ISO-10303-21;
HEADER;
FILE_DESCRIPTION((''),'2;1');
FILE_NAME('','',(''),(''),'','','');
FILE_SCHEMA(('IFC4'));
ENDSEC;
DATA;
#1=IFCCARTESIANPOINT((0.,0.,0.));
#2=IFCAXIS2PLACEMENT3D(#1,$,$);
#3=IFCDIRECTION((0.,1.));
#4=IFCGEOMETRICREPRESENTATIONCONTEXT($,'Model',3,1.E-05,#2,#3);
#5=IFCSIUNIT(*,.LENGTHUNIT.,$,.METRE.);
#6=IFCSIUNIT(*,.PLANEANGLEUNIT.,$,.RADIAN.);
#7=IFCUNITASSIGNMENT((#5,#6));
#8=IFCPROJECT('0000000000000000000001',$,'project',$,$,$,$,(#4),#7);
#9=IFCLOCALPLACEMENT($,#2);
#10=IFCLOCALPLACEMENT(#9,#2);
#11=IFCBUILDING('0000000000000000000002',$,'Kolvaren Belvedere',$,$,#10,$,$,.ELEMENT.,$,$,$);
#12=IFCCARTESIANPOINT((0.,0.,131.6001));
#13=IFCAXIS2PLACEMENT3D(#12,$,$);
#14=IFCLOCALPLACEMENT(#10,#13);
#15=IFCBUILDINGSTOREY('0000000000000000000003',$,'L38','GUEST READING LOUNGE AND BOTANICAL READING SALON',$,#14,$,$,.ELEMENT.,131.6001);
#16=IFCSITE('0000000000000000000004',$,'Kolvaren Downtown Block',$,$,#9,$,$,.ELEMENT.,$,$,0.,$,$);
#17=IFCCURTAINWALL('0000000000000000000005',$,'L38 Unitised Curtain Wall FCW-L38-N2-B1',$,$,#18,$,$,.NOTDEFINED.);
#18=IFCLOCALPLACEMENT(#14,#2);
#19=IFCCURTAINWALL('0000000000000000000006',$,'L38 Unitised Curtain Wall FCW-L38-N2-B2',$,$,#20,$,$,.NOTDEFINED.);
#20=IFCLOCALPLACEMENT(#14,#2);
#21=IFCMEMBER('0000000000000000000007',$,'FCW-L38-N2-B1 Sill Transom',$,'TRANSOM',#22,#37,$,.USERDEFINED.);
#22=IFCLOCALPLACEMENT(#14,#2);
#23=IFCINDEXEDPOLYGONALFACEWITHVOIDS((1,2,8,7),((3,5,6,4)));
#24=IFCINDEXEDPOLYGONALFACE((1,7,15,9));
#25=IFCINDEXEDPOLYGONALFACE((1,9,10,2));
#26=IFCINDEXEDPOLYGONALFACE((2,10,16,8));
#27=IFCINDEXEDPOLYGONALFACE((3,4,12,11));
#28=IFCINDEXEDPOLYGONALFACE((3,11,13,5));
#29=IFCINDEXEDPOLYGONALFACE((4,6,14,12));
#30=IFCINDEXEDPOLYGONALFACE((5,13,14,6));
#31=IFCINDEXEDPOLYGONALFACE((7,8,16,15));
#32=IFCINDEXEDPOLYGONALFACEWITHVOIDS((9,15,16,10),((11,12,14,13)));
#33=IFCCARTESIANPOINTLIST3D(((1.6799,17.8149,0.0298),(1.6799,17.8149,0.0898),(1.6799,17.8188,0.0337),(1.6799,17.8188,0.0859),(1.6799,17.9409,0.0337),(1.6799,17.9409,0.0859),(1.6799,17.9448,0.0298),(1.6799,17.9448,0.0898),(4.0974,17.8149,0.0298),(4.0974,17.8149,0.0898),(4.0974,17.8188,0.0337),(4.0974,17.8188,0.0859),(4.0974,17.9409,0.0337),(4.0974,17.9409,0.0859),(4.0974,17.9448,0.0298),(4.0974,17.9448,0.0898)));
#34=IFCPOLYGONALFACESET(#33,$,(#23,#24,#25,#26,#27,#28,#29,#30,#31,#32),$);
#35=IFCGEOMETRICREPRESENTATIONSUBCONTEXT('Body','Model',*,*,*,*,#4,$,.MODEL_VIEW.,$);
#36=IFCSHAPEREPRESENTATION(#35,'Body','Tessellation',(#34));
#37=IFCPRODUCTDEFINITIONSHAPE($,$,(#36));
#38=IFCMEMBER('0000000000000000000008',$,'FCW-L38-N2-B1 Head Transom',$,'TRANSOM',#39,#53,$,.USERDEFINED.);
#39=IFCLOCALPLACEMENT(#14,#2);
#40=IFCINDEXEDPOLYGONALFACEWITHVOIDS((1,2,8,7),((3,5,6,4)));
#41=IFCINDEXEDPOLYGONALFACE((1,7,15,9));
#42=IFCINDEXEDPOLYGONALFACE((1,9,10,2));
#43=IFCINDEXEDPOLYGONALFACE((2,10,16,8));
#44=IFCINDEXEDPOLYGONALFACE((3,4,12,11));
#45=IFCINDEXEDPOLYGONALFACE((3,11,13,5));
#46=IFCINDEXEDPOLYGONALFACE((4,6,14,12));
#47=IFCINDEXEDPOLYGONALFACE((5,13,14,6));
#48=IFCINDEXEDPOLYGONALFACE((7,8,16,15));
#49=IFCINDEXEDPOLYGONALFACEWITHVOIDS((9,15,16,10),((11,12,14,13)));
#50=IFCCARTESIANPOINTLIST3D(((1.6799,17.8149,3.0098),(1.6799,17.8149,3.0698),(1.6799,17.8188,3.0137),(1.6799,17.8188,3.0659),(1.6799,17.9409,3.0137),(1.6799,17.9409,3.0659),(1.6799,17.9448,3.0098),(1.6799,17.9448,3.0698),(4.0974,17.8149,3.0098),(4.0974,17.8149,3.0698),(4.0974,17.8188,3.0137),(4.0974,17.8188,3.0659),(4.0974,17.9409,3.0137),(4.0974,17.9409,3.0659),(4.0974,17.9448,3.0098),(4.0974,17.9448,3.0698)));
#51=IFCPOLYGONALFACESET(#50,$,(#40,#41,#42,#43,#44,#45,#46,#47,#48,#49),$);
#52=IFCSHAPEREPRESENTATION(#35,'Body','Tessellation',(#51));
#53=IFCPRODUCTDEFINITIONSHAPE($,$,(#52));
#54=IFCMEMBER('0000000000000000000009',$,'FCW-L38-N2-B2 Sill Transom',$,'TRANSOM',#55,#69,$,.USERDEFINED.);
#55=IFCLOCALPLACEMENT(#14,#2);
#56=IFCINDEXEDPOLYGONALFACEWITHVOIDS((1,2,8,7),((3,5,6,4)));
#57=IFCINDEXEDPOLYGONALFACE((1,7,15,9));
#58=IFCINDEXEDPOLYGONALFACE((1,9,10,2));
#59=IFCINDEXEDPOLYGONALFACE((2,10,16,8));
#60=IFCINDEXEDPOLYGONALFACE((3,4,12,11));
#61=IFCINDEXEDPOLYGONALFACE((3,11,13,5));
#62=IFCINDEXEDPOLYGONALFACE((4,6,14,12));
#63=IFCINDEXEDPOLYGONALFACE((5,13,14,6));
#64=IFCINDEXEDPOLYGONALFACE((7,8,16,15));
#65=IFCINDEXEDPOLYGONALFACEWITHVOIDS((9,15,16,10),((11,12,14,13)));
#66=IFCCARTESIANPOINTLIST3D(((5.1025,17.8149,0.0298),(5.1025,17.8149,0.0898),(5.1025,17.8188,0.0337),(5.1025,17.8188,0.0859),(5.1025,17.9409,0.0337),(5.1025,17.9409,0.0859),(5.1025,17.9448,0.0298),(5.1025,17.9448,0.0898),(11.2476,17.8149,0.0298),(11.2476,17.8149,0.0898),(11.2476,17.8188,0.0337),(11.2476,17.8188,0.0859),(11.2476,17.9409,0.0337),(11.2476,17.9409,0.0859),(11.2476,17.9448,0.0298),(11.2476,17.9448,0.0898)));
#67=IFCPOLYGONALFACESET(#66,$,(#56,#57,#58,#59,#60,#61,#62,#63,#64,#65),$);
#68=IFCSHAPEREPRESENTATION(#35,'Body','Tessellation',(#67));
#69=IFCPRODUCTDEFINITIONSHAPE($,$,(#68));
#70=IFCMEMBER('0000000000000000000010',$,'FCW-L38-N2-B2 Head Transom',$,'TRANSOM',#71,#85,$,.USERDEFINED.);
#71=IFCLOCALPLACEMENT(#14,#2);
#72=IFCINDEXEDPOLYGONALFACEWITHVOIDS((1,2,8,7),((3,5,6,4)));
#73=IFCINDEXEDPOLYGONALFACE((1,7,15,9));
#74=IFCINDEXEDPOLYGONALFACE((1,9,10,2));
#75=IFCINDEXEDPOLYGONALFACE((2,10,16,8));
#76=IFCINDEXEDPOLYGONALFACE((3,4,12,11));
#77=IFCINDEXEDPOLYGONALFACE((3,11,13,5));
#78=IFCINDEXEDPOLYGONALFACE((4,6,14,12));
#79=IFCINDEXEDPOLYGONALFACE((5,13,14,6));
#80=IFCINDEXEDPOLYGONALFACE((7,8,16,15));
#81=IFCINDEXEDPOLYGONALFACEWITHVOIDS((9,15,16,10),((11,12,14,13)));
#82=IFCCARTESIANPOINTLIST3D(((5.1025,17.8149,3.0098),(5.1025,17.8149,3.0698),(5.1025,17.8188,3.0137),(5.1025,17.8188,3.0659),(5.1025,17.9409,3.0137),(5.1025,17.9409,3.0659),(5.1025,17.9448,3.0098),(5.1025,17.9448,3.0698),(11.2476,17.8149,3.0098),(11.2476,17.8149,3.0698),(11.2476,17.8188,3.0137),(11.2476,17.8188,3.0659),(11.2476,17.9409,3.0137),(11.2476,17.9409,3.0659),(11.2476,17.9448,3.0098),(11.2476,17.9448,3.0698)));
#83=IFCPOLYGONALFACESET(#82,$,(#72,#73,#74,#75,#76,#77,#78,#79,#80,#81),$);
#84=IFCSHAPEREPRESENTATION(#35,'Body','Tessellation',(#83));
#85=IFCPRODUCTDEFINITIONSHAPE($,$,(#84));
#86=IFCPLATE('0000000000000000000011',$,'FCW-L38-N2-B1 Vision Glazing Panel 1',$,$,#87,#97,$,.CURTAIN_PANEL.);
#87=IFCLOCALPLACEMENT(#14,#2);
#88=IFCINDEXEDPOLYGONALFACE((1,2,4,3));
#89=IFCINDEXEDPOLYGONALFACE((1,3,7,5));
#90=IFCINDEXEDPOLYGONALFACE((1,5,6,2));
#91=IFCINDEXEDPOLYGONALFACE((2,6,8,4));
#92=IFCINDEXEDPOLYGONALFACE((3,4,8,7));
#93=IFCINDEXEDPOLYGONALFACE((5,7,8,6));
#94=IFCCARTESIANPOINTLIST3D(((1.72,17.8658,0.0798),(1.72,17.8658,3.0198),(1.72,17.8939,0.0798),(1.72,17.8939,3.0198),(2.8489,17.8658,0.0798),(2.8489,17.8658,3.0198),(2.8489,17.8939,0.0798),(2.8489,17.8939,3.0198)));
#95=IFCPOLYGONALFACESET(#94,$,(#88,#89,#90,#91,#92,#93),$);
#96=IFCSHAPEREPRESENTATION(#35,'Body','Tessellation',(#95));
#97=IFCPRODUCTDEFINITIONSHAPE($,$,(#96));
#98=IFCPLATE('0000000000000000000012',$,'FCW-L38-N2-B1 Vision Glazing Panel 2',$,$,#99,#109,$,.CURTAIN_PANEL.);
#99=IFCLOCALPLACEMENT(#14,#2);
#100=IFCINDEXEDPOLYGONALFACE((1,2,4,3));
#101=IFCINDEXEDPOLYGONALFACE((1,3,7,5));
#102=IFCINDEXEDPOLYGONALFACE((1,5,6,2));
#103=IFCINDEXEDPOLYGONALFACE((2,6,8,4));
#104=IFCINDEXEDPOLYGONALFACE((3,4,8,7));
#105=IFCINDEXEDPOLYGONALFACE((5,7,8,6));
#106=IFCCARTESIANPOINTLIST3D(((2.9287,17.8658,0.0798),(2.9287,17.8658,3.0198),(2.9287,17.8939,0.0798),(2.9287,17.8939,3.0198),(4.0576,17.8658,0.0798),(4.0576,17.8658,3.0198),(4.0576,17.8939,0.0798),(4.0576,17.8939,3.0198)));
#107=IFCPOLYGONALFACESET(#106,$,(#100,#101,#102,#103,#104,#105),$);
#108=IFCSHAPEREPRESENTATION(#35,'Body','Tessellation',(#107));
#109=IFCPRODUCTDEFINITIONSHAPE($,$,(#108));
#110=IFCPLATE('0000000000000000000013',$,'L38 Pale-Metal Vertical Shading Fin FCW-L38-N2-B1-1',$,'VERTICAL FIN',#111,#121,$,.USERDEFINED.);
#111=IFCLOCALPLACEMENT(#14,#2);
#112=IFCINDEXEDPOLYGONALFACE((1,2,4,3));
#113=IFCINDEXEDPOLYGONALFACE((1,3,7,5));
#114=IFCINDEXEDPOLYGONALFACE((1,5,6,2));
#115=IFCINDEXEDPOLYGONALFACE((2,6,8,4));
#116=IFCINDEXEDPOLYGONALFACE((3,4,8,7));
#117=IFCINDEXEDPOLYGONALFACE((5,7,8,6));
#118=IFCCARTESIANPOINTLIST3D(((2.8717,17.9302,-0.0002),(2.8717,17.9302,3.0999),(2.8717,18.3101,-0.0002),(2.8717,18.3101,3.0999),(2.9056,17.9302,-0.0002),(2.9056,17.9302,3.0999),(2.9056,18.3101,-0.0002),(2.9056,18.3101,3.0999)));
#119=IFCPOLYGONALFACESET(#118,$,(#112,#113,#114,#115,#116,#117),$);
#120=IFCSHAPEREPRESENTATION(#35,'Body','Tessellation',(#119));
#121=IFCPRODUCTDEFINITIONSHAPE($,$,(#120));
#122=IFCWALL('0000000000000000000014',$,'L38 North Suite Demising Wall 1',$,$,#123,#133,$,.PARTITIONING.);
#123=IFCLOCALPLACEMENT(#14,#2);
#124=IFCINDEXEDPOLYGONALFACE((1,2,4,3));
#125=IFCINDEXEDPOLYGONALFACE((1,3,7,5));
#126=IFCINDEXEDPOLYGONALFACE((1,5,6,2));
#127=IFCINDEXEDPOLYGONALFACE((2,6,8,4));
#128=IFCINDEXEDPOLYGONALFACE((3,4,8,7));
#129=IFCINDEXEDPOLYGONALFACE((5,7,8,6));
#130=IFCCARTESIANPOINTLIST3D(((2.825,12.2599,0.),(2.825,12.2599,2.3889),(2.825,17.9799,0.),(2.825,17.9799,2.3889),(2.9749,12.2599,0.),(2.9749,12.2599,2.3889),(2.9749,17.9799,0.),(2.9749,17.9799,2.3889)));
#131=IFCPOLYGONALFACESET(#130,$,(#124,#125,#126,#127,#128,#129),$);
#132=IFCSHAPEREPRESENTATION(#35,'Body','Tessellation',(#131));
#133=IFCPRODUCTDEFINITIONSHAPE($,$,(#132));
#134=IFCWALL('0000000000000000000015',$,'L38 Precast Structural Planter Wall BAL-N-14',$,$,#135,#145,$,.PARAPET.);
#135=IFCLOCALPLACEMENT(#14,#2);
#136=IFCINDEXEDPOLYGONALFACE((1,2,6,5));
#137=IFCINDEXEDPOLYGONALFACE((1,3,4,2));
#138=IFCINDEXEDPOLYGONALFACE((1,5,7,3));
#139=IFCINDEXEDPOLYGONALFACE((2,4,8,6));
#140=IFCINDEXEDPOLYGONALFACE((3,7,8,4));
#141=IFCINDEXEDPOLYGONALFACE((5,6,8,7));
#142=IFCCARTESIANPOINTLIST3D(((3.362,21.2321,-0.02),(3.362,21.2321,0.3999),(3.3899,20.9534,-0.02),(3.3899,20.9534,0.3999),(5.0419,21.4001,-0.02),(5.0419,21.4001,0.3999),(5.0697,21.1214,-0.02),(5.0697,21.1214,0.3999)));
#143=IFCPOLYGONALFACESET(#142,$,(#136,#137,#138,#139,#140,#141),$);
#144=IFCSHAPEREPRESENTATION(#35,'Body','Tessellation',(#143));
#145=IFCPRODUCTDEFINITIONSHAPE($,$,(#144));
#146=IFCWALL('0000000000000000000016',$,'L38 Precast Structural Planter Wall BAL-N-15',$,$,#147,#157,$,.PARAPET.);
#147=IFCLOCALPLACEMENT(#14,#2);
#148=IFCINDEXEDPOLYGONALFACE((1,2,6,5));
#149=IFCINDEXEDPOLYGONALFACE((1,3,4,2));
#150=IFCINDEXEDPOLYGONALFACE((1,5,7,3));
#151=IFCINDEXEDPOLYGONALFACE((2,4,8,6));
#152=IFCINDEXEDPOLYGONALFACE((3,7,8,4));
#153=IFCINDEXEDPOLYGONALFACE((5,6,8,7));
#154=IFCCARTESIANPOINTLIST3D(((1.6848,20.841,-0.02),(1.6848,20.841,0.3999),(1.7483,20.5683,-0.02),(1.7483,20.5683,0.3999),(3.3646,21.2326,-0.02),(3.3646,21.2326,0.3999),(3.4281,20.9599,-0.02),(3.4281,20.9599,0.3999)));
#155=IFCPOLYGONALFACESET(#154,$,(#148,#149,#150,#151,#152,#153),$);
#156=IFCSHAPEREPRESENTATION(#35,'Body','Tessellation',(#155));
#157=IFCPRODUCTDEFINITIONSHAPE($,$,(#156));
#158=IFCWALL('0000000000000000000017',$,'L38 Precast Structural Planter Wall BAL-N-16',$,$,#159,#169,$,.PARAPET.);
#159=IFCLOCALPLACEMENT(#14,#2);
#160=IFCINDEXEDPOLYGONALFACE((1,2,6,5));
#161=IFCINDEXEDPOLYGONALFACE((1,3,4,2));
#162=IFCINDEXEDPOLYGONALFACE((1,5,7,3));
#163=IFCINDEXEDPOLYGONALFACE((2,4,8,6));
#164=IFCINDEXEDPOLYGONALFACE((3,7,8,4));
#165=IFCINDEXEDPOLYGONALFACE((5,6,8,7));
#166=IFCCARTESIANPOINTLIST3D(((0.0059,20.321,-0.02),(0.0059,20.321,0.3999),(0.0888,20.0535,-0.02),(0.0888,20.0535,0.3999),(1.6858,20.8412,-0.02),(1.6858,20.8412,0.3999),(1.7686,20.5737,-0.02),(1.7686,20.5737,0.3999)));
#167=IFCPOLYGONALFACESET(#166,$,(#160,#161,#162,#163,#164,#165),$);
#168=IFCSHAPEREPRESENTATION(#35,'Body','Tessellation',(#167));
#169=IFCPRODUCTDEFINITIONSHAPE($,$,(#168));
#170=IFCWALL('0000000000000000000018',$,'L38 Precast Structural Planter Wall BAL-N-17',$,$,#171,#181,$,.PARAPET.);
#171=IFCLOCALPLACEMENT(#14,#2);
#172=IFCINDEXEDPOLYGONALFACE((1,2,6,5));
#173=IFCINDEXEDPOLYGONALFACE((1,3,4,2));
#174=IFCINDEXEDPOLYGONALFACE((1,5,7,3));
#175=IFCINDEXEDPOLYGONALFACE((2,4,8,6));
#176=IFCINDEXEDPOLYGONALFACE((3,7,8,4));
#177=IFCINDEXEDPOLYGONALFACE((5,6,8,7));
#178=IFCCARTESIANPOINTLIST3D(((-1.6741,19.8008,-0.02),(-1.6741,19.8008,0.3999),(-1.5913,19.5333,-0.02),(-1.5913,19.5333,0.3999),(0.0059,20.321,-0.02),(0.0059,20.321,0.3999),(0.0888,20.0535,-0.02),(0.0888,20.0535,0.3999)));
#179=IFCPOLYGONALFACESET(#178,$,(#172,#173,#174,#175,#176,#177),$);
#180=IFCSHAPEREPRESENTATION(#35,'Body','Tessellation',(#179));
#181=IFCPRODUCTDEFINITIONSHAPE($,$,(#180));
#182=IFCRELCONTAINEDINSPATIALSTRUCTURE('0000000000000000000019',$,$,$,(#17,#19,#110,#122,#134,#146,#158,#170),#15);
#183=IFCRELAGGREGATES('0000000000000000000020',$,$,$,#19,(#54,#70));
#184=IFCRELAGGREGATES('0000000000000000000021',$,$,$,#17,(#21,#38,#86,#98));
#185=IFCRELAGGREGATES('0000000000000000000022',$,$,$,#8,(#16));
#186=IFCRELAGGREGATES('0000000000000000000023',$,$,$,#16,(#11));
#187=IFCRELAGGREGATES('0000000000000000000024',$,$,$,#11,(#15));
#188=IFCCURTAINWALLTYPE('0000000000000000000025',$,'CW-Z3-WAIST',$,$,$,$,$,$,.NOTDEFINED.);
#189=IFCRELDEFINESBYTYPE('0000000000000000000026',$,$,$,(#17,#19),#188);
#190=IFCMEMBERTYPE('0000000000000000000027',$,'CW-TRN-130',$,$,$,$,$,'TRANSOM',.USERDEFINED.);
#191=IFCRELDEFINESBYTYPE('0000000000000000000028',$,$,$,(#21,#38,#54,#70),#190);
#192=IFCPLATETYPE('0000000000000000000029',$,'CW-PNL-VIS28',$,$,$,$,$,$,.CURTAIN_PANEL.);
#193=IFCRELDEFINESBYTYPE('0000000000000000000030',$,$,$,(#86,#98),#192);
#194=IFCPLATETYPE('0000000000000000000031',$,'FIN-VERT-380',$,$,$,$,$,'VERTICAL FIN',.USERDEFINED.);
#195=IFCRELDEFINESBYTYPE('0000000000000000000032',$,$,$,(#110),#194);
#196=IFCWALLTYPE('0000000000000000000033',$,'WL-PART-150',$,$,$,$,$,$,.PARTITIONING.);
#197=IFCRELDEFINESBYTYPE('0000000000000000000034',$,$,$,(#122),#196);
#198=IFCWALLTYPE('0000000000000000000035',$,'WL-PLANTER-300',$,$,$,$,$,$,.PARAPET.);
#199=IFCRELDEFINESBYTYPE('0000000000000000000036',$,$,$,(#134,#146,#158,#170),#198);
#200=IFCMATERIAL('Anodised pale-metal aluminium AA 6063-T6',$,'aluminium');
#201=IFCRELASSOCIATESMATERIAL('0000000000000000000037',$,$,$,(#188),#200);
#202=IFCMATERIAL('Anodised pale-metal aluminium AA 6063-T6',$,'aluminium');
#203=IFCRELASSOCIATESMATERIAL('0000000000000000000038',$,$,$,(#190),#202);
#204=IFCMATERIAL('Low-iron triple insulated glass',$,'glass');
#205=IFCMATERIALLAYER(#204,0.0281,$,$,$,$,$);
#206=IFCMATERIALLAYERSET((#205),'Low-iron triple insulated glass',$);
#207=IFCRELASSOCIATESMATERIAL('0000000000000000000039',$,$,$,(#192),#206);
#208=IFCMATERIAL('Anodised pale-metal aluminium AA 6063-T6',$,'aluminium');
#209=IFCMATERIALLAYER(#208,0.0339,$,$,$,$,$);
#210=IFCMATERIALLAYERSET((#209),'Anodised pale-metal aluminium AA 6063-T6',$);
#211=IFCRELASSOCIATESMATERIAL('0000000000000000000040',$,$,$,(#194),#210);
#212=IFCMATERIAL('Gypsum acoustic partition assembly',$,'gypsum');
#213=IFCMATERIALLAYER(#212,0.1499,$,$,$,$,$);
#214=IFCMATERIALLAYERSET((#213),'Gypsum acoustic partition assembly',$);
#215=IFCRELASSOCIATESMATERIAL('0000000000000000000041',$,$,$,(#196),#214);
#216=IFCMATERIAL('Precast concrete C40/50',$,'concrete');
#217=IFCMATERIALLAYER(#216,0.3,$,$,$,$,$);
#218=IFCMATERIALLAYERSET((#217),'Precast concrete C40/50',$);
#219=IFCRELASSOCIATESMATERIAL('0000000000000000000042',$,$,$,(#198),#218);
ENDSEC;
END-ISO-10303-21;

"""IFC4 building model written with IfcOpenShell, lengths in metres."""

from ifc_helpers import new_model, si_unit, direction, frame, frame_2d, origin, origin_2d, place, context, subcontext, project, spatial, rectangle, hollow_rectangle, extrude, material, layer, layer_set, material_profile, profile_set, type_object, element, aggregate, save


model = new_model("IFC4")

# Units and contexts
model_context = context("Model", 3, precision=1e-05, world=origin(), true_north=direction((0.0, 1.0)))
body_context = subcontext(model_context, "Body", "Model", "MODEL_VIEW")
ifc_project = project(units=[si_unit("LENGTHUNIT", "METRE"), si_unit("PLANEANGLEUNIT", "RADIAN")], contexts=[model_context])

# Site, building, storey
site_placement = place(None, origin())
site = spatial("IfcSite", under=ifc_project, at=site_placement, Name="Kolvaren Downtown Block", CompositionType="ELEMENT", RefElevation=0.0)
building_placement = place(site_placement, origin())
building = spatial("IfcBuilding", under=site, at=building_placement, Name="Kolvaren Belvedere", CompositionType="ELEMENT")
storey_placement = place(building_placement, frame((0.0, 0.0, 131.6001)))
storey = spatial("IfcBuildingStorey", under=building, at=storey_placement, Name="L38", Description="GUEST READING LOUNGE AND BOTANICAL READING SALON", CompositionType="ELEMENT", Elevation=131.6001)

# Curtain wall
ifc_material_1 = material(Name="Anodised pale-metal aluminium AA 6063-T6", Category="aluminium")
curtain_wall_type = type_object("IfcCurtainWallType", Name="CW-Z3-WAIST", PredefinedType="NOTDEFINED", material=ifc_material_1)
curtain_wall_1_placement = place(storey_placement, origin())
curtain_wall_1 = element("IfcCurtainWall", 1, at=curtain_wall_1_placement, inside=storey, type_object=curtain_wall_type, Name="L38 Unitised Curtain Wall FCW-L38-N2-B1", PredefinedType="NOTDEFINED")

# Curtain wall
curtain_wall_2_placement = place(storey_placement, origin())
curtain_wall_2 = element("IfcCurtainWall", 2, at=curtain_wall_2_placement, inside=storey, type_object=curtain_wall_type, Name="L38 Unitised Curtain Wall FCW-L38-N2-B2", PredefinedType="NOTDEFINED")

# Members
ifc_material_2 = material(Name="Anodised pale-metal aluminium AA 6063-T6", Category="aluminium")
ifc_material_profile_1 = material_profile(ifc_material_2, hollow_rectangle(XDim=0.0601, YDim=0.1299, WallThickness=0.0039, at=origin_2d()), Name="ALU-TRN-130X60")
ifc_profile_set_1 = profile_set([ifc_material_profile_1], Name="Anodised pale-metal aluminium AA 6063-T6")
member_type_1 = type_object("IfcMemberType", Name="CW-TRN-130", ElementType="TRANSOM", PredefinedType="USERDEFINED", material=ifc_profile_set_1)
member_1_placement = place(storey_placement, frame((1.6799, 17.8799, 0.0598), z_axis=(1.0, 0.0, 0.0), x_axis=(0.0, 0.0, 1.0)))
member_1 = element("IfcMember", 3, at=member_1_placement, type_object=member_type_1, Name="FCW-L38-N2-B1 Sill Transom", ObjectType="TRANSOM", PredefinedType="USERDEFINED", context=body_context, shape_type="SweptSolid", body=[
    extrude(hollow_rectangle(XDim=0.0601, YDim=0.1299, WallThickness=0.0039, at=origin_2d()), origin(), (0.0, 0.0, 1.0), 2.4175),
])
member_2_placement = place(storey_placement, frame((1.6799, 17.8799, 3.0398), z_axis=(1.0, 0.0, 0.0), x_axis=(0.0, 0.0, 1.0)))
member_2 = element("IfcMember", 4, at=member_2_placement, type_object=member_type_1, Name="FCW-L38-N2-B1 Head Transom", ObjectType="TRANSOM", PredefinedType="USERDEFINED", context=body_context, shape_type="SweptSolid", body=[
    extrude(hollow_rectangle(XDim=0.0601, YDim=0.1299, WallThickness=0.0039, at=origin_2d()), origin(), (0.0, 0.0, 1.0), 2.4175),
])
member_3_placement = place(storey_placement, frame((5.1025, 17.8799, 0.0598), z_axis=(1.0, 0.0, 0.0), x_axis=(0.0, 0.0, 1.0)))
member_3 = element("IfcMember", 5, at=member_3_placement, type_object=member_type_1, Name="FCW-L38-N2-B2 Sill Transom", ObjectType="TRANSOM", PredefinedType="USERDEFINED", context=body_context, shape_type="SweptSolid", body=[
    extrude(hollow_rectangle(XDim=0.0601, YDim=0.1299, WallThickness=0.0039, at=origin_2d()), origin(), (0.0, 0.0, 1.0), 6.145),
])
member_4_placement = place(storey_placement, frame((5.1025, 17.8799, 3.0398), z_axis=(1.0, 0.0, 0.0), x_axis=(0.0, 0.0, 1.0)))
member_4 = element("IfcMember", 6, at=member_4_placement, type_object=member_type_1, Name="FCW-L38-N2-B2 Head Transom", ObjectType="TRANSOM", PredefinedType="USERDEFINED", context=body_context, shape_type="SweptSolid", body=[
    extrude(hollow_rectangle(XDim=0.0601, YDim=0.1299, WallThickness=0.0039, at=origin_2d()), origin(), (0.0, 0.0, 1.0), 6.145),
])
aggregate(curtain_wall_2, [member_3, member_4])

# Plates
ifc_material_3 = material(Name="Low-iron triple insulated glass", Category="glass")
ifc_layer_1 = layer(ifc_material_3, 0.0281)
ifc_layer_set_1 = layer_set([ifc_layer_1], Name="Low-iron triple insulated glass")
plate_type_1 = type_object("IfcPlateType", Name="CW-PNL-VIS28", PredefinedType="CURTAIN_PANEL", material=ifc_layer_set_1)
plate_1_placement = place(storey_placement, frame((2.2844, 17.8799, 0.0798), z_axis=(0.0, 0.0, 1.0), x_axis=(1.0, 0.0, 0.0)))
plate_1 = element("IfcPlate", 7, at=plate_1_placement, type_object=plate_type_1, Name="FCW-L38-N2-B1 Vision Glazing Panel 1", PredefinedType="CURTAIN_PANEL", context=body_context, shape_type="SweptSolid", body=[
    extrude(rectangle(XDim=1.1289, YDim=0.0281, at=origin_2d()), origin(), (0.0, 0.0, 1.0), 2.9399),
])
plate_2_placement = place(storey_placement, frame((3.4932, 17.8799, 0.0798), z_axis=(0.0, 0.0, 1.0), x_axis=(1.0, 0.0, 0.0)))
plate_2 = element("IfcPlate", 8, at=plate_2_placement, type_object=plate_type_1, Name="FCW-L38-N2-B1 Vision Glazing Panel 2", PredefinedType="CURTAIN_PANEL", context=body_context, shape_type="SweptSolid", body=[
    extrude(rectangle(XDim=1.1289, YDim=0.0281, at=origin_2d()), origin(), (0.0, 0.0, 1.0), 2.9399),
])
aggregate(curtain_wall_1, [member_1, member_2, plate_1, plate_2])
ifc_material_4 = material(Name="Anodised pale-metal aluminium AA 6063-T6", Category="aluminium")
ifc_layer_2 = layer(ifc_material_4, 0.0339)
ifc_layer_set_2 = layer_set([ifc_layer_2], Name="Anodised pale-metal aluminium AA 6063-T6")
plate_type_2 = type_object("IfcPlateType", Name="FIN-VERT-380", ElementType="VERTICAL FIN", PredefinedType="USERDEFINED", material=ifc_layer_set_2)
plate_3_placement = place(storey_placement, frame((2.8887, 18.1201, -0.0002), z_axis=(0.0, 0.0, 1.0), x_axis=(0.0, 1.0, 0.0)))
element("IfcPlate", 9, at=plate_3_placement, inside=storey, type_object=plate_type_2, Name="L38 Pale-Metal Vertical Shading Fin FCW-L38-N2-B1-1", ObjectType="VERTICAL FIN", PredefinedType="USERDEFINED", context=body_context, shape_type="SweptSolid", body=[
    extrude(rectangle(XDim=0.3799, YDim=0.0339, at=origin_2d()), origin(), (0.0, 0.0, 1.0), 3.1001),
])

# Walls
ifc_material_5 = material(Name="Gypsum acoustic partition assembly", Category="gypsum")
ifc_layer_3 = layer(ifc_material_5, 0.1499)
ifc_layer_set_3 = layer_set([ifc_layer_3], Name="Gypsum acoustic partition assembly")
wall_type_1 = type_object("IfcWallType", Name="WL-PART-150", PredefinedType="PARTITIONING", material=ifc_layer_set_3)
wall_1_placement = place(storey_placement, frame((2.8999, 12.26, 0.0), z_axis=(0.0, 0.0, 1.0), x_axis=(0.0, 1.0, 0.0)))
element("IfcWall", 10, at=wall_1_placement, inside=storey, type_object=wall_type_1, Name="L38 North Suite Demising Wall 1", PredefinedType="PARTITIONING", context=body_context, shape_type="SweptSolid", body=[
    extrude(rectangle(XDim=5.72, YDim=0.1499, at=frame_2d((2.8599, 0.0))), origin(), (0.0, 0.0, 1.0), 2.3889),
])
ifc_material_6 = material(Name="Precast concrete C40/50", Category="concrete")
ifc_layer_4 = layer(ifc_material_6, 0.3)
ifc_layer_set_4 = layer_set([ifc_layer_4], Name="Precast concrete C40/50")
wall_type_2 = type_object("IfcWallType", Name="WL-PLANTER-300", PredefinedType="PARAPET", material=ifc_layer_set_4)
wall_2_placement = place(storey_placement, frame((5.0559, 21.2607, -0.02), z_axis=(0.0, 0.0, 1.0), x_axis=(-0.995039, -0.099489, 0.0)))
element("IfcWall", 11, at=wall_2_placement, inside=storey, type_object=wall_type_2, Name="L38 Precast Structural Planter Wall BAL-N-14", PredefinedType="PARAPET", context=body_context, shape_type="SweptSolid", body=[
    extrude(rectangle(XDim=1.6882, YDim=0.28, at=frame_2d((0.8442, 0.0))), origin(), (0.0, 0.0, 1.0), 0.4199),
])
wall_3_placement = place(storey_placement, frame((3.3962, 21.0962, -0.02), z_axis=(0.0, 0.0, 1.0), x_axis=(-0.97389, -0.227019, 0.0)))
element("IfcWall", 12, at=wall_3_placement, inside=storey, type_object=wall_type_2, Name="L38 Precast Structural Planter Wall BAL-N-15", PredefinedType="PARAPET", context=body_context, shape_type="SweptSolid", body=[
    extrude(rectangle(XDim=1.7249, YDim=0.28, at=frame_2d((0.8623, 0.0))), origin(), (0.0, 0.0, 1.0), 0.4199),
])
wall_4_placement = place(storey_placement, frame((1.7273, 20.7075, -0.02), z_axis=(0.0, 0.0, 1.0), x_axis=(-0.95524, -0.295832, 0.0)))
element("IfcWall", 13, at=wall_4_placement, inside=storey, type_object=wall_type_2, Name="L38 Precast Structural Planter Wall BAL-N-16", PredefinedType="PARAPET", context=body_context, shape_type="SweptSolid", body=[
    extrude(rectangle(XDim=1.7585, YDim=0.28, at=frame_2d((0.8794, 0.0))), origin(), (0.0, 0.0, 1.0), 0.4199),
])
wall_5_placement = place(storey_placement, frame((0.0474, 20.1873, -0.02), z_axis=(0.0, 0.0, 1.0), x_axis=(-0.955252, -0.295792, 0.0)))
element("IfcWall", 14, at=wall_5_placement, inside=storey, type_object=wall_type_2, Name="L38 Precast Structural Planter Wall BAL-N-17", PredefinedType="PARAPET", context=body_context, shape_type="SweptSolid", body=[
    extrude(rectangle(XDim=1.7588, YDim=0.28, at=frame_2d((0.8794, 0.0))), origin(), (0.0, 0.0, 1.0), 0.4199),
])

save(model, "model.ifc")
